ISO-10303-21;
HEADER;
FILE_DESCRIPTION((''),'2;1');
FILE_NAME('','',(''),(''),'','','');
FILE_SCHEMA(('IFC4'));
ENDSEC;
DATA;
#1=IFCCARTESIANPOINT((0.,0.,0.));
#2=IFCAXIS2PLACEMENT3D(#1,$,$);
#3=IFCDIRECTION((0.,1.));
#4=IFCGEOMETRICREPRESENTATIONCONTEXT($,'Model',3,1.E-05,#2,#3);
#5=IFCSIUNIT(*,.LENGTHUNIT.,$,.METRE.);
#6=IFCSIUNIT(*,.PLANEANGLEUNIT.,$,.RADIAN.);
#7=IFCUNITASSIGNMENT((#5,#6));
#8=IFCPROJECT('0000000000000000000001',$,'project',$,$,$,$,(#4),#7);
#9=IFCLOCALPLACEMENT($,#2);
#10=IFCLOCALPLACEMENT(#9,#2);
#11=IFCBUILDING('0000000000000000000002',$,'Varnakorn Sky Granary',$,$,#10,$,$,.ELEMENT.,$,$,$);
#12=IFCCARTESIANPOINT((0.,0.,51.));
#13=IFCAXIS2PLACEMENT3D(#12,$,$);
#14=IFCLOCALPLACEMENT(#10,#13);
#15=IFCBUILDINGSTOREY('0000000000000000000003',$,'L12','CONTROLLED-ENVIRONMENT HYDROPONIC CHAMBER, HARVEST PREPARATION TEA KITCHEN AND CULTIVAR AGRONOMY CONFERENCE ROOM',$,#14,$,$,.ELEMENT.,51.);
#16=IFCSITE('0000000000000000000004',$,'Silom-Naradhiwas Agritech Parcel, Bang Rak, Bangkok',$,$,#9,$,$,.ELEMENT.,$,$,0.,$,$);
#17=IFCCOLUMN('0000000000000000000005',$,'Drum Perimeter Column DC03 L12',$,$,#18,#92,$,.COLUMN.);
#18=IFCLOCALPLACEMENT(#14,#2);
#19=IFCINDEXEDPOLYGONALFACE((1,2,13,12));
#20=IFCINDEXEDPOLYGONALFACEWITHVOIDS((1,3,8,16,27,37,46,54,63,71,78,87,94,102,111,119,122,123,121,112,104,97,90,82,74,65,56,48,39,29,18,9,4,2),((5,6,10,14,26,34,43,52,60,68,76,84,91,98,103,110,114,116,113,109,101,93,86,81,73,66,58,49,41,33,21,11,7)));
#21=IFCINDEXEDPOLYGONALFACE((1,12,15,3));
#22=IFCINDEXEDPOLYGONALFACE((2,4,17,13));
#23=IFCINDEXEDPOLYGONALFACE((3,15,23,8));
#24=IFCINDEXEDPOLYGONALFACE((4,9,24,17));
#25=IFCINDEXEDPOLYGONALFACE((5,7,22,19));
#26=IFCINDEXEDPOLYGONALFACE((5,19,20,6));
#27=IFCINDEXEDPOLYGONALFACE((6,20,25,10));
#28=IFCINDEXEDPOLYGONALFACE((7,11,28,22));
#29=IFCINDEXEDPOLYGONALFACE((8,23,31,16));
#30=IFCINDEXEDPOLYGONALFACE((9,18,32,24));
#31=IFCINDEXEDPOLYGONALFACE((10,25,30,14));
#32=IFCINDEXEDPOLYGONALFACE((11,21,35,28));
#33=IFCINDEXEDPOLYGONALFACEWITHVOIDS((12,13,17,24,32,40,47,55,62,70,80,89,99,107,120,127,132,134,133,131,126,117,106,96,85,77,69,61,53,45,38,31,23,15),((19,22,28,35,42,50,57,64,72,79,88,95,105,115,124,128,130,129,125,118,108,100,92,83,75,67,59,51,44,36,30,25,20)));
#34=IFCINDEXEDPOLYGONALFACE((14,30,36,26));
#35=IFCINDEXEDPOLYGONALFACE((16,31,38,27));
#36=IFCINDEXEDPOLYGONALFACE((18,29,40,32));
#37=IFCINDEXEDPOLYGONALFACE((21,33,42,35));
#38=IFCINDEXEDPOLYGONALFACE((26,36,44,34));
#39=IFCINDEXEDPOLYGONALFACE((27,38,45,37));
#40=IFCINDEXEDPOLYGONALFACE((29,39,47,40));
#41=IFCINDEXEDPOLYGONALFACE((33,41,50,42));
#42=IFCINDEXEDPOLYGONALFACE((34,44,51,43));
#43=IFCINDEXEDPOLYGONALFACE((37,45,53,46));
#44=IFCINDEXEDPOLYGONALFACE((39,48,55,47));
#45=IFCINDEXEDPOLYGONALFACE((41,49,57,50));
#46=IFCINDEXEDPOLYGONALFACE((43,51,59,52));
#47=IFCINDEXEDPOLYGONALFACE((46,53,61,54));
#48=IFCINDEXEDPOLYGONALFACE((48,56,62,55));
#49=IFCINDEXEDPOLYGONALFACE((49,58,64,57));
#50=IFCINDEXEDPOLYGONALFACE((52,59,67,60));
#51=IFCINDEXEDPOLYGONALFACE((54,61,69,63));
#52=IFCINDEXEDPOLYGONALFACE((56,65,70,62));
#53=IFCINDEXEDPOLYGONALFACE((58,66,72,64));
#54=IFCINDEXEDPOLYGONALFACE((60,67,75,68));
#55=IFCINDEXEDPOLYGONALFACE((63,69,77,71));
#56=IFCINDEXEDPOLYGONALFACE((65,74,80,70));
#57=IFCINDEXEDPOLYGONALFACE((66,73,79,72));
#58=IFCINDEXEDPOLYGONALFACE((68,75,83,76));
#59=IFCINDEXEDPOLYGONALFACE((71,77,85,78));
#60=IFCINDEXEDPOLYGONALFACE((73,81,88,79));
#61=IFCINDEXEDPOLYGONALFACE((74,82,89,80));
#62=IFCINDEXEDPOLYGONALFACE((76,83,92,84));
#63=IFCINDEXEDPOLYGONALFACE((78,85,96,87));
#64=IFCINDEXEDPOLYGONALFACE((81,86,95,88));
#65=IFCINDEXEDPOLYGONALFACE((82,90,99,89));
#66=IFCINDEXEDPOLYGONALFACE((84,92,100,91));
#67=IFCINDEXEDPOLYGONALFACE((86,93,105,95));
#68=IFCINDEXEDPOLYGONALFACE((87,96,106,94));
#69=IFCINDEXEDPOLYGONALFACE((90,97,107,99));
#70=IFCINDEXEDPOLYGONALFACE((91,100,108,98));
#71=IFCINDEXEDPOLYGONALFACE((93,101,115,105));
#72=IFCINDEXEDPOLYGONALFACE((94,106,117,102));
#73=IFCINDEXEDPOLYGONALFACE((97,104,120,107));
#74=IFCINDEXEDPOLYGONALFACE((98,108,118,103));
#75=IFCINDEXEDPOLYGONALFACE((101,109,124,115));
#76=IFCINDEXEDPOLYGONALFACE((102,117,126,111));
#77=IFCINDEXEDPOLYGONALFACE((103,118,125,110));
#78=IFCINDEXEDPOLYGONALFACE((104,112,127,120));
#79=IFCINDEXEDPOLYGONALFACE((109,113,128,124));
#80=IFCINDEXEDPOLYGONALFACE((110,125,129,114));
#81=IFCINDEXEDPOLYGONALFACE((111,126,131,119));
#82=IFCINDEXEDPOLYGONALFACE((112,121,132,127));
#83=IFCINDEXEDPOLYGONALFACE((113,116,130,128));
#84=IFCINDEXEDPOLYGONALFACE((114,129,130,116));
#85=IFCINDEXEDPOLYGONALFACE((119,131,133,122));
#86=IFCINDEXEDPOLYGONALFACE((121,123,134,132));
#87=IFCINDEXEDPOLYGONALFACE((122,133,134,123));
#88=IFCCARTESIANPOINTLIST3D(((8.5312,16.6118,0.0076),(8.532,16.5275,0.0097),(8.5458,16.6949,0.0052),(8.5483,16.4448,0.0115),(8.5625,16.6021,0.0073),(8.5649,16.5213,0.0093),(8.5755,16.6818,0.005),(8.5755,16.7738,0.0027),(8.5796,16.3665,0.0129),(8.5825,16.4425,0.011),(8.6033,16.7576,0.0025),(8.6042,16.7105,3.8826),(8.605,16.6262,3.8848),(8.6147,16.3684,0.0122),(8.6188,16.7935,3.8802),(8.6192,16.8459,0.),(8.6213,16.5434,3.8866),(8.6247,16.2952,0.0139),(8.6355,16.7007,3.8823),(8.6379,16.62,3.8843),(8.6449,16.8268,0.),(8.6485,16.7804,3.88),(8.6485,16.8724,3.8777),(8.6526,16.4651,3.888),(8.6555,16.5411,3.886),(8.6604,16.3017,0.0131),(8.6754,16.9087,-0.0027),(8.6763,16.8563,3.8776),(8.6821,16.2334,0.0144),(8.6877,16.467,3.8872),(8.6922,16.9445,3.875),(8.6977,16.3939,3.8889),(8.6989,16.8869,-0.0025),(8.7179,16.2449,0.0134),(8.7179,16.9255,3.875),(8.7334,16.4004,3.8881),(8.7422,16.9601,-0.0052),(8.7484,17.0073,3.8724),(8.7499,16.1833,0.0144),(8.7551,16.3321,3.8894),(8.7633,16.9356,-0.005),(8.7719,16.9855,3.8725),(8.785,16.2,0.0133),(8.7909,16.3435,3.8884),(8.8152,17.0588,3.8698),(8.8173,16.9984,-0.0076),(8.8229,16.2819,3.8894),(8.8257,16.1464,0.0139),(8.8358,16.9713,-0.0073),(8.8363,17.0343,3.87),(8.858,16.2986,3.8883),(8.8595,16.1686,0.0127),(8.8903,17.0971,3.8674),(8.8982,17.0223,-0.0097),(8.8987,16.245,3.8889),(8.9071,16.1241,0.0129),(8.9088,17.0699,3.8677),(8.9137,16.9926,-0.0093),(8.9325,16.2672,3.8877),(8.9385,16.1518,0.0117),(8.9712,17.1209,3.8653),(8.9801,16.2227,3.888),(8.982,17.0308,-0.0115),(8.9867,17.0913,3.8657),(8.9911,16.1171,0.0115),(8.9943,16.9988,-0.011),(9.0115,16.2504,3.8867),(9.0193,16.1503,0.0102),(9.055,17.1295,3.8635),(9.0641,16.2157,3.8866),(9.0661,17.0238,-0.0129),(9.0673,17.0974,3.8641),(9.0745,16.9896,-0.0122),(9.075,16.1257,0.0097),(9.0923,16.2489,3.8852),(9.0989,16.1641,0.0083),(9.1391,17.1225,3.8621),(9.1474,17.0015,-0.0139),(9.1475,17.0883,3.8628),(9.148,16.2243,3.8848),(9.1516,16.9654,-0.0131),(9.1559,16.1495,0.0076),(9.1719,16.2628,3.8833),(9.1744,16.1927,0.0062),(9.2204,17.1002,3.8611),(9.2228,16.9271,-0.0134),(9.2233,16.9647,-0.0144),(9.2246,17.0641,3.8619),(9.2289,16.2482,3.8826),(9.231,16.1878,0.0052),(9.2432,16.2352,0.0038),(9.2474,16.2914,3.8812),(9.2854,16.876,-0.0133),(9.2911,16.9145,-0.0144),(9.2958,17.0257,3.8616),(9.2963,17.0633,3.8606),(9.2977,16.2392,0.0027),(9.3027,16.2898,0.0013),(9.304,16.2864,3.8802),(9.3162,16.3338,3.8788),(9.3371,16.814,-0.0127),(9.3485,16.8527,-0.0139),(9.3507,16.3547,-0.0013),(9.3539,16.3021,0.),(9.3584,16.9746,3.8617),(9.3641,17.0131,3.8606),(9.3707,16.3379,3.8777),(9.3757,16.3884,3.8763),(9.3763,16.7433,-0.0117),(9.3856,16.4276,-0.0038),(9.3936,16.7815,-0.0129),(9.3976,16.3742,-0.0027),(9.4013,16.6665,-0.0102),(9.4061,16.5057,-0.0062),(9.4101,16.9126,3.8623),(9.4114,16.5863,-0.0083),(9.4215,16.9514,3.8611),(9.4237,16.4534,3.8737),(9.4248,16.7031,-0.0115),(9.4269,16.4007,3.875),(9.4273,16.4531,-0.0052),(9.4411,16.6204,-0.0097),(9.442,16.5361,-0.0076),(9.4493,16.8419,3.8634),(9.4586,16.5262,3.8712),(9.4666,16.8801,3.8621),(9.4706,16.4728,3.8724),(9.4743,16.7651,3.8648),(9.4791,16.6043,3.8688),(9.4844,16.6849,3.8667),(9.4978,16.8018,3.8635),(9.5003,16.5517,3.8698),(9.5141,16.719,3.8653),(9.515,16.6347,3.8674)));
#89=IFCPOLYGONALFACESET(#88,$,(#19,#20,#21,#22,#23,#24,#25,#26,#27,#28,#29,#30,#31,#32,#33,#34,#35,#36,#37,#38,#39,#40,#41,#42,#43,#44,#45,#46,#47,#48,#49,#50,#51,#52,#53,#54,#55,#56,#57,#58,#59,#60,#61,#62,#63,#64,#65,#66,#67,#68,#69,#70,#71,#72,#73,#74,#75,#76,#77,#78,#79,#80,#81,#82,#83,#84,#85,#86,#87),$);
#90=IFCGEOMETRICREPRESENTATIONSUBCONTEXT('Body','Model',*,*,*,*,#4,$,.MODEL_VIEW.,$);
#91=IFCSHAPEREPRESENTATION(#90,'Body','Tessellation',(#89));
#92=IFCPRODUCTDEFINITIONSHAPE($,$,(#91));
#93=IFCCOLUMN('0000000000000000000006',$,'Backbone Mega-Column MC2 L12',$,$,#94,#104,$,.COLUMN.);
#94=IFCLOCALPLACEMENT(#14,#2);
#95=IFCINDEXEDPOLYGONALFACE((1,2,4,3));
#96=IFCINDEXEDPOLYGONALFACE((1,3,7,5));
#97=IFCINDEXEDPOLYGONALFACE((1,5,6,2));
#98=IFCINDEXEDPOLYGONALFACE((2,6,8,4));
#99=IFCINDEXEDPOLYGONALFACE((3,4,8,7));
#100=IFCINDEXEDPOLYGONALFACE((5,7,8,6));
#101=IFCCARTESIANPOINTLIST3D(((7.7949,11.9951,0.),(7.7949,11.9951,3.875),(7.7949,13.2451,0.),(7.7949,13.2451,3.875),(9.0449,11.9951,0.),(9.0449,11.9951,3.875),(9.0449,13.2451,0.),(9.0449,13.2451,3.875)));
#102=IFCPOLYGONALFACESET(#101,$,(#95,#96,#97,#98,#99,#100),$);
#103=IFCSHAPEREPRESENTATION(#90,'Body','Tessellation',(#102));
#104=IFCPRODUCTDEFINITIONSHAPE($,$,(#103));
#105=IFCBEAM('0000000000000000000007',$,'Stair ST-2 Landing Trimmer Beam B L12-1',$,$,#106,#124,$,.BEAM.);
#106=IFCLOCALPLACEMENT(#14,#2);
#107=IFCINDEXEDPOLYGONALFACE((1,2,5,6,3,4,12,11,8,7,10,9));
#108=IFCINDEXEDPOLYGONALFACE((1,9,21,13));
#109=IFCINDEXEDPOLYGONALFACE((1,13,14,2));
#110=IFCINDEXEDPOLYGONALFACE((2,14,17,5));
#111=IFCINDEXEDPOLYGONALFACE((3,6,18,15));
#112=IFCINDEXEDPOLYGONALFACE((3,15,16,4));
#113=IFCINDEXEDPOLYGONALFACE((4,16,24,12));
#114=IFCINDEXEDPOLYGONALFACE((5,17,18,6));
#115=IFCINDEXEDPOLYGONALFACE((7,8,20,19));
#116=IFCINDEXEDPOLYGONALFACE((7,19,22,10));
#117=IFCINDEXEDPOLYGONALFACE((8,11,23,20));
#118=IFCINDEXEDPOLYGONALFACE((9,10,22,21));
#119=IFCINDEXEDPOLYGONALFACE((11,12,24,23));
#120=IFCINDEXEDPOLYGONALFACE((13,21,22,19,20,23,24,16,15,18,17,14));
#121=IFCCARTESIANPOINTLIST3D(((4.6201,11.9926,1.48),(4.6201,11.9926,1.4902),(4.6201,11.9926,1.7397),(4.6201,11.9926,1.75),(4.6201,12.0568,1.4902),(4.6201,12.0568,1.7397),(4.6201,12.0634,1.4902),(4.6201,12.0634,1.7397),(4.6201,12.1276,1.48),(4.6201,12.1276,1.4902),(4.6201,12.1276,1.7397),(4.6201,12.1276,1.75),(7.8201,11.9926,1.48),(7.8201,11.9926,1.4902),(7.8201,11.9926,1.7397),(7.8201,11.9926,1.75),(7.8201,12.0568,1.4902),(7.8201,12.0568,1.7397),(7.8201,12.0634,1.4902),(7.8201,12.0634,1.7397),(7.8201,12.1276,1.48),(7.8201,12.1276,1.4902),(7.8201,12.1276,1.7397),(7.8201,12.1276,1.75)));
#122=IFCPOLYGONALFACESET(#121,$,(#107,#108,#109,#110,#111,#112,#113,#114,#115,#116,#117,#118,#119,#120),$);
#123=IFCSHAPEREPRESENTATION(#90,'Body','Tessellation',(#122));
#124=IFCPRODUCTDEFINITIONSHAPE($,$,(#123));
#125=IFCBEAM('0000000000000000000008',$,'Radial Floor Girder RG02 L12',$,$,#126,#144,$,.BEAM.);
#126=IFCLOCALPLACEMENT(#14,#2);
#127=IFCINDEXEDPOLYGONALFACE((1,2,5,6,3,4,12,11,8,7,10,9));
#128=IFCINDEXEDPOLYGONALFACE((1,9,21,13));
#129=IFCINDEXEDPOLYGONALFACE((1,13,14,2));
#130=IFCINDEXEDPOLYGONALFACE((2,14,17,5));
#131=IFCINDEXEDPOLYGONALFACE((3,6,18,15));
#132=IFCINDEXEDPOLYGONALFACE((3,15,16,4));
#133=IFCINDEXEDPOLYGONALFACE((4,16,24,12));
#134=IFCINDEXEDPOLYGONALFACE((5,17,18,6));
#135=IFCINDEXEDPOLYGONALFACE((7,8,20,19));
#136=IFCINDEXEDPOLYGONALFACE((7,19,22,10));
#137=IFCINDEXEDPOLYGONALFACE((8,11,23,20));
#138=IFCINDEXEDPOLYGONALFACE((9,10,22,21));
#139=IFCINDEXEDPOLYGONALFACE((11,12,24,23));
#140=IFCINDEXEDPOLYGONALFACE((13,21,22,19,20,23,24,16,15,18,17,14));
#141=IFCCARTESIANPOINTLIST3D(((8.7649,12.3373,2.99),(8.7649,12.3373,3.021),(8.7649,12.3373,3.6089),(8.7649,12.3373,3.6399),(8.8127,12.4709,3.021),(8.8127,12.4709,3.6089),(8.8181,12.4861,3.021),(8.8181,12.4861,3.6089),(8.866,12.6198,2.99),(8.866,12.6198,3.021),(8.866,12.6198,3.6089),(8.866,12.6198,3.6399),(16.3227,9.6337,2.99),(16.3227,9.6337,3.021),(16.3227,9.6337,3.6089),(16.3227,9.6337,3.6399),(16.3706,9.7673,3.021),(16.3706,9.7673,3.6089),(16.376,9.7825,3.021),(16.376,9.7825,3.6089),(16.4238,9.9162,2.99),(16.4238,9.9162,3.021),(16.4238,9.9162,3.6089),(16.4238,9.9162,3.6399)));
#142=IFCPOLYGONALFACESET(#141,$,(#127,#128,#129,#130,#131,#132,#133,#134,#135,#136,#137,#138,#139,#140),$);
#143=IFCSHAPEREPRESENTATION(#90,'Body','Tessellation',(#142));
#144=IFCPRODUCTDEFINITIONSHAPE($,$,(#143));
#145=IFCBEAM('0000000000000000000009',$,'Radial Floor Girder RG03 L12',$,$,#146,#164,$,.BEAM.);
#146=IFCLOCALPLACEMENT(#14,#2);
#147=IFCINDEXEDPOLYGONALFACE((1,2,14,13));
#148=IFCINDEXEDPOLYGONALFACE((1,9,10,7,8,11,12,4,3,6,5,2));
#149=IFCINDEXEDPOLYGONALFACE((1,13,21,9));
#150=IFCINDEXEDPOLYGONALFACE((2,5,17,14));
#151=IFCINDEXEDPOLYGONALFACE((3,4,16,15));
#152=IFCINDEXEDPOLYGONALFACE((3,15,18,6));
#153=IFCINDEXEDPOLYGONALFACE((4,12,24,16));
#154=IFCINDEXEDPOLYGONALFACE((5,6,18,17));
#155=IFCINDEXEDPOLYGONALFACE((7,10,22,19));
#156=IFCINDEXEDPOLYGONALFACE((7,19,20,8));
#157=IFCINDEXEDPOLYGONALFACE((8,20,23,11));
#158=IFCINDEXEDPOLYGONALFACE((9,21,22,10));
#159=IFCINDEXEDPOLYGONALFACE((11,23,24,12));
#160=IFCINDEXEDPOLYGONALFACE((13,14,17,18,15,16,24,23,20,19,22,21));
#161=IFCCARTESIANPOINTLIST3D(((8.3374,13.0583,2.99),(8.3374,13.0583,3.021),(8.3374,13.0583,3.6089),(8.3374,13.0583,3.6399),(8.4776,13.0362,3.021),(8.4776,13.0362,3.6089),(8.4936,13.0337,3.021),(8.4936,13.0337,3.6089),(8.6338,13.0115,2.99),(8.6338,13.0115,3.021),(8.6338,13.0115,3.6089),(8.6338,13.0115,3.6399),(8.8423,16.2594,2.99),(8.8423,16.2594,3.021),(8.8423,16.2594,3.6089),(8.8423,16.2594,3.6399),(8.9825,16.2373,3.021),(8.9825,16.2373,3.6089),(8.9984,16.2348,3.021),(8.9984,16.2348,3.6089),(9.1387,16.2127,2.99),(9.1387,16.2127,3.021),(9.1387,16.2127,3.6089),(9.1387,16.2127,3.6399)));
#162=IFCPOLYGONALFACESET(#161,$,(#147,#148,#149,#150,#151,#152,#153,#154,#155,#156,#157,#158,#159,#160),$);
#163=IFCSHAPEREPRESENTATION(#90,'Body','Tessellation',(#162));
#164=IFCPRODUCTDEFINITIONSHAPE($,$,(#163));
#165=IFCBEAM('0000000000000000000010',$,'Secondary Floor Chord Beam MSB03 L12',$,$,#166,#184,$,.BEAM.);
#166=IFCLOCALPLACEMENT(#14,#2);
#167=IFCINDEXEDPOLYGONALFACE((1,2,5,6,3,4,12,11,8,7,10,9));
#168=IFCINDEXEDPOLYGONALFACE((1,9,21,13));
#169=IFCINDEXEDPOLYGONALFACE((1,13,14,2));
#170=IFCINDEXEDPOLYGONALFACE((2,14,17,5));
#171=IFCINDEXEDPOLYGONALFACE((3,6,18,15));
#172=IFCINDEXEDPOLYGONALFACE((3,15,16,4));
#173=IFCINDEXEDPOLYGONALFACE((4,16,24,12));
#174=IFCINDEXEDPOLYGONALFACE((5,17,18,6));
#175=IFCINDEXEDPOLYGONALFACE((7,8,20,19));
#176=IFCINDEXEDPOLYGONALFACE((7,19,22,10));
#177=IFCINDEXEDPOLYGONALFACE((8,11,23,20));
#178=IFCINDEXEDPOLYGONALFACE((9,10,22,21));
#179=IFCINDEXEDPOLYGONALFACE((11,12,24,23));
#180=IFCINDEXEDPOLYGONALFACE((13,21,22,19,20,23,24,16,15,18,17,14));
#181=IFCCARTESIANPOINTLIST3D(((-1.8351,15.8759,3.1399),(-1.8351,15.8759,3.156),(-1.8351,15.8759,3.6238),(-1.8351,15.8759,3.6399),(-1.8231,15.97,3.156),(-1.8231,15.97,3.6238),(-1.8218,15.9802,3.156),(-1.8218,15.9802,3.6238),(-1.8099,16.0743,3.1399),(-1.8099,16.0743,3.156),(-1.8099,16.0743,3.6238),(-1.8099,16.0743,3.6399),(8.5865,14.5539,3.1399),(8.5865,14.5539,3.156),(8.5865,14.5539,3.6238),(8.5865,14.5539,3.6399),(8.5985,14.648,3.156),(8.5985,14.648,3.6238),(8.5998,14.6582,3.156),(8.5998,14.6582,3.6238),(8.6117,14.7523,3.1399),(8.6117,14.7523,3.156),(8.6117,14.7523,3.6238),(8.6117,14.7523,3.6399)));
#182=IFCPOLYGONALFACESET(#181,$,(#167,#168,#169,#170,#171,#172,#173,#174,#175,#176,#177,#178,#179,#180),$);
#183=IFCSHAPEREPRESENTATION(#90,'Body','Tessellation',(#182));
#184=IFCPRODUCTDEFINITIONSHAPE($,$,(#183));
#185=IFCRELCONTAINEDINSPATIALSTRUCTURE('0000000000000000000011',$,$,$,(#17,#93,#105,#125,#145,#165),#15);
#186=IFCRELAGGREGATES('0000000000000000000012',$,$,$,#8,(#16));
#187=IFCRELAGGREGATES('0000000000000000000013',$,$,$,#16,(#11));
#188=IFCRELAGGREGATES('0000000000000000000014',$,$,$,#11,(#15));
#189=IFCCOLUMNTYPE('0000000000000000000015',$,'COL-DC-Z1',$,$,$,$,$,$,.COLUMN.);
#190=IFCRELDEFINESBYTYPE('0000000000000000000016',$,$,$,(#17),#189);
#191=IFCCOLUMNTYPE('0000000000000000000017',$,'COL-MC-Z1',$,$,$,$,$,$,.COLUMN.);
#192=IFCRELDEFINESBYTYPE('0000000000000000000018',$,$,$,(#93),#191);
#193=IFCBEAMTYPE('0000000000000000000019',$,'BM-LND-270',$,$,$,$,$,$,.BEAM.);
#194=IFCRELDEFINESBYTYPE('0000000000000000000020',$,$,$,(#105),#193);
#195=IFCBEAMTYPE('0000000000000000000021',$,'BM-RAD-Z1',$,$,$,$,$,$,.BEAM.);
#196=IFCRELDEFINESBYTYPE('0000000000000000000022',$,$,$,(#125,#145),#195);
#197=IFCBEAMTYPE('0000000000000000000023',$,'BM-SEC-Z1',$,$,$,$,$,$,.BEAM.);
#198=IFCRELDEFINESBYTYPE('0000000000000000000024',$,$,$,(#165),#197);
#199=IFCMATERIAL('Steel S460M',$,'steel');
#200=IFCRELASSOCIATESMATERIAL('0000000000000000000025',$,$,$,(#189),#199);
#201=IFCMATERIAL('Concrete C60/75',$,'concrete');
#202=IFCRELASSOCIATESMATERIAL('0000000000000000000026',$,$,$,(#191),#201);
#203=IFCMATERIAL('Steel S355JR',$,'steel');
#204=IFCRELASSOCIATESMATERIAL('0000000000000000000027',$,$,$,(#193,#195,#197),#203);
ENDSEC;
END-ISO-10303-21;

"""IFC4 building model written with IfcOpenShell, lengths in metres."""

from ifc_helpers import new_model, si_unit, direction, frame, origin, origin_2d, place, context, subcontext, project, spatial, rectangle, hollow_circle, i_section, extrude, material, material_profile, profile_set, type_object, element, save


model = new_model("IFC4")

# Units and contexts
model_context = context("Model", 3, precision=1e-05, world=origin(), true_north=direction((0.0, 1.0)))
body_context = subcontext(model_context, "Body", "Model", "MODEL_VIEW")
ifc_project = project(units=[si_unit("LENGTHUNIT", "METRE"), si_unit("PLANEANGLEUNIT", "RADIAN")], contexts=[model_context])

# Site, building, storey
site_placement = place(None, origin())
site = spatial("IfcSite", under=ifc_project, at=site_placement, Name="Silom-Naradhiwas Agritech Parcel, Bang Rak, Bangkok", CompositionType="ELEMENT", RefElevation=0.0)
building_placement = place(site_placement, origin())
building = spatial("IfcBuilding", under=site, at=building_placement, Name="Varnakorn Sky Granary", CompositionType="ELEMENT")
storey_placement = place(building_placement, frame((0.0, 0.0, 51.0)))
storey = spatial("IfcBuildingStorey", under=building, at=storey_placement, Name="L12", Description="CONTROLLED-ENVIRONMENT HYDROPONIC CHAMBER, HARVEST PREPARATION TEA KITCHEN AND CULTIVAR AGRONOMY CONFERENCE ROOM", CompositionType="ELEMENT", Elevation=51.0)

# Columns
ifc_material_1 = material(Name="Steel S460M", Category="steel")
ifc_material_profile_1 = material_profile(ifc_material_1, hollow_circle(Radius=0.457, WallThickness=0.032, at=origin_2d()), Name="CHS 914x32")
ifc_profile_set_1 = profile_set([ifc_material_profile_1], Name="Steel S460M")
column_type_1 = type_object("IfcColumnType", Name="COL-DC-Z1", PredefinedType="COLUMN", material=ifc_profile_set_1)
column_1_placement = place(storey_placement, frame((8.9866, 16.574, 0.0), z_axis=(0.018829, 0.025441, 0.999499), x_axis=(-0.803804, 0.594894, 0.0)))
element("IfcColumn", 1, at=column_1_placement, inside=storey, type_object=column_type_1, Name="Drum Perimeter Column DC03 L12", PredefinedType="COLUMN", context=body_context, shape_type="SweptSolid", body=[
    extrude(hollow_circle(Radius=0.457, WallThickness=0.032, at=origin_2d()), origin(), (0.0, 0.0, 1.0), 3.877),
])
ifc_material_2 = material(Name="Concrete C60/75", Category="concrete")
ifc_material_profile_2 = material_profile(ifc_material_2, rectangle(XDim=1.25, YDim=1.25, at=origin_2d()), Name="RC 1250x1250")
ifc_profile_set_2 = profile_set([ifc_material_profile_2], Name="Concrete C60/75")
column_type_2 = type_object("IfcColumnType", Name="COL-MC-Z1", PredefinedType="COLUMN", material=ifc_profile_set_2)
column_2_placement = place(storey_placement, frame((8.4199, 12.6201, 0.0), z_axis=(0.0, 0.0, 1.0), x_axis=(1.0, 0.0, 0.0)))
element("IfcColumn", 2, at=column_2_placement, inside=storey, type_object=column_type_2, Name="Backbone Mega-Column MC2 L12", PredefinedType="COLUMN", context=body_context, shape_type="SweptSolid", body=[
    extrude(rectangle(XDim=1.25, YDim=1.25, at=origin_2d()), origin(), (0.0, 0.0, 1.0), 3.875),
])

# Beams
ifc_material_3 = material(Name="Steel S355JR", Category="steel")
ifc_material_profile_3 = material_profile(ifc_material_3, i_section(OverallWidth=0.135, OverallDepth=0.27, WebThickness=0.0066, FlangeThickness=0.0103, at=origin_2d()), Name="IPE 270")
ifc_profile_set_3 = profile_set([ifc_material_profile_3], Name="Steel S355JR")
beam_type_1 = type_object("IfcBeamType", Name="BM-LND-270", PredefinedType="BEAM", material=ifc_profile_set_3)
beam_1_placement = place(storey_placement, frame((4.6201, 12.0601, 1.615), z_axis=(1.0, 0.0, 0.0), x_axis=(0.0, 1.0, 0.0)))
element("IfcBeam", 3, at=beam_1_placement, inside=storey, type_object=beam_type_1, Name="Stair ST-2 Landing Trimmer Beam B L12-1", PredefinedType="BEAM", context=body_context, shape_type="SweptSolid", body=[
    extrude(i_section(OverallWidth=0.135, OverallDepth=0.27, WebThickness=0.0066, FlangeThickness=0.0103, at=origin_2d()), origin(), (0.0, 0.0, 1.0), 3.2),
])
ifc_material_profile_4 = material_profile(ifc_material_3, i_section(OverallWidth=0.3, OverallDepth=0.6499, WebThickness=0.0161, FlangeThickness=0.031, at=origin_2d()), Name="HE 650 B")
ifc_profile_set_4 = profile_set([ifc_material_profile_4], Name="Steel S355JR")
beam_type_2 = type_object("IfcBeamType", Name="BM-RAD-Z1", PredefinedType="BEAM", material=ifc_profile_set_4)
beam_2_placement = place(storey_placement, frame((8.8154, 12.4785, 3.3149), z_axis=(0.941569, -0.33682, 0.0), x_axis=(0.33682, 0.941569, 0.0)))
element("IfcBeam", 4, at=beam_2_placement, inside=storey, type_object=beam_type_2, Name="Radial Floor Girder RG02 L12", PredefinedType="BEAM", context=body_context, shape_type="SweptSolid", body=[
    extrude(i_section(OverallWidth=0.3, OverallDepth=0.6499, WebThickness=0.0161, FlangeThickness=0.031, at=origin_2d()), origin(), (0.0, 0.0, 1.0), 8.0269),
])
beam_3_placement = place(storey_placement, frame((8.4856, 13.0349, 3.3149), z_axis=(0.155792, 0.98779, 0.0), x_axis=(-0.98779, 0.155792, 0.0)))
element("IfcBeam", 5, at=beam_3_placement, inside=storey, type_object=beam_type_2, Name="Radial Floor Girder RG03 L12", PredefinedType="BEAM", context=body_context, shape_type="SweptSolid", body=[
    extrude(i_section(OverallWidth=0.3, OverallDepth=0.6499, WebThickness=0.0161, FlangeThickness=0.031, at=origin_2d()), origin(), (0.0, 0.0, 1.0), 3.2407),
])
ifc_material_profile_5 = material_profile(ifc_material_3, i_section(OverallWidth=0.2, OverallDepth=0.5, WebThickness=0.0103, FlangeThickness=0.0161, at=origin_2d()), Name="IPE 500")
ifc_profile_set_5 = profile_set([ifc_material_profile_5], Name="Steel S355JR")
beam_type_3 = type_object("IfcBeamType", Name="BM-SEC-Z1", PredefinedType="BEAM", material=ifc_profile_set_5)
beam_4_placement = place(storey_placement, frame((8.5991, 14.6531, 3.3899), z_axis=(-0.99205, 0.125845, 0.0), x_axis=(-0.125845, -0.99205, 0.0)))
element("IfcBeam", 6, at=beam_4_placement, inside=storey, type_object=beam_type_3, Name="Secondary Floor Chord Beam MSB03 L12", PredefinedType="BEAM", context=body_context, shape_type="SweptSolid", body=[
    extrude(i_section(OverallWidth=0.2, OverallDepth=0.5, WebThickness=0.0103, FlangeThickness=0.0161, at=origin_2d()), origin(), (0.0, 0.0, 1.0), 10.5051),
])

save(model, "model.ifc")
